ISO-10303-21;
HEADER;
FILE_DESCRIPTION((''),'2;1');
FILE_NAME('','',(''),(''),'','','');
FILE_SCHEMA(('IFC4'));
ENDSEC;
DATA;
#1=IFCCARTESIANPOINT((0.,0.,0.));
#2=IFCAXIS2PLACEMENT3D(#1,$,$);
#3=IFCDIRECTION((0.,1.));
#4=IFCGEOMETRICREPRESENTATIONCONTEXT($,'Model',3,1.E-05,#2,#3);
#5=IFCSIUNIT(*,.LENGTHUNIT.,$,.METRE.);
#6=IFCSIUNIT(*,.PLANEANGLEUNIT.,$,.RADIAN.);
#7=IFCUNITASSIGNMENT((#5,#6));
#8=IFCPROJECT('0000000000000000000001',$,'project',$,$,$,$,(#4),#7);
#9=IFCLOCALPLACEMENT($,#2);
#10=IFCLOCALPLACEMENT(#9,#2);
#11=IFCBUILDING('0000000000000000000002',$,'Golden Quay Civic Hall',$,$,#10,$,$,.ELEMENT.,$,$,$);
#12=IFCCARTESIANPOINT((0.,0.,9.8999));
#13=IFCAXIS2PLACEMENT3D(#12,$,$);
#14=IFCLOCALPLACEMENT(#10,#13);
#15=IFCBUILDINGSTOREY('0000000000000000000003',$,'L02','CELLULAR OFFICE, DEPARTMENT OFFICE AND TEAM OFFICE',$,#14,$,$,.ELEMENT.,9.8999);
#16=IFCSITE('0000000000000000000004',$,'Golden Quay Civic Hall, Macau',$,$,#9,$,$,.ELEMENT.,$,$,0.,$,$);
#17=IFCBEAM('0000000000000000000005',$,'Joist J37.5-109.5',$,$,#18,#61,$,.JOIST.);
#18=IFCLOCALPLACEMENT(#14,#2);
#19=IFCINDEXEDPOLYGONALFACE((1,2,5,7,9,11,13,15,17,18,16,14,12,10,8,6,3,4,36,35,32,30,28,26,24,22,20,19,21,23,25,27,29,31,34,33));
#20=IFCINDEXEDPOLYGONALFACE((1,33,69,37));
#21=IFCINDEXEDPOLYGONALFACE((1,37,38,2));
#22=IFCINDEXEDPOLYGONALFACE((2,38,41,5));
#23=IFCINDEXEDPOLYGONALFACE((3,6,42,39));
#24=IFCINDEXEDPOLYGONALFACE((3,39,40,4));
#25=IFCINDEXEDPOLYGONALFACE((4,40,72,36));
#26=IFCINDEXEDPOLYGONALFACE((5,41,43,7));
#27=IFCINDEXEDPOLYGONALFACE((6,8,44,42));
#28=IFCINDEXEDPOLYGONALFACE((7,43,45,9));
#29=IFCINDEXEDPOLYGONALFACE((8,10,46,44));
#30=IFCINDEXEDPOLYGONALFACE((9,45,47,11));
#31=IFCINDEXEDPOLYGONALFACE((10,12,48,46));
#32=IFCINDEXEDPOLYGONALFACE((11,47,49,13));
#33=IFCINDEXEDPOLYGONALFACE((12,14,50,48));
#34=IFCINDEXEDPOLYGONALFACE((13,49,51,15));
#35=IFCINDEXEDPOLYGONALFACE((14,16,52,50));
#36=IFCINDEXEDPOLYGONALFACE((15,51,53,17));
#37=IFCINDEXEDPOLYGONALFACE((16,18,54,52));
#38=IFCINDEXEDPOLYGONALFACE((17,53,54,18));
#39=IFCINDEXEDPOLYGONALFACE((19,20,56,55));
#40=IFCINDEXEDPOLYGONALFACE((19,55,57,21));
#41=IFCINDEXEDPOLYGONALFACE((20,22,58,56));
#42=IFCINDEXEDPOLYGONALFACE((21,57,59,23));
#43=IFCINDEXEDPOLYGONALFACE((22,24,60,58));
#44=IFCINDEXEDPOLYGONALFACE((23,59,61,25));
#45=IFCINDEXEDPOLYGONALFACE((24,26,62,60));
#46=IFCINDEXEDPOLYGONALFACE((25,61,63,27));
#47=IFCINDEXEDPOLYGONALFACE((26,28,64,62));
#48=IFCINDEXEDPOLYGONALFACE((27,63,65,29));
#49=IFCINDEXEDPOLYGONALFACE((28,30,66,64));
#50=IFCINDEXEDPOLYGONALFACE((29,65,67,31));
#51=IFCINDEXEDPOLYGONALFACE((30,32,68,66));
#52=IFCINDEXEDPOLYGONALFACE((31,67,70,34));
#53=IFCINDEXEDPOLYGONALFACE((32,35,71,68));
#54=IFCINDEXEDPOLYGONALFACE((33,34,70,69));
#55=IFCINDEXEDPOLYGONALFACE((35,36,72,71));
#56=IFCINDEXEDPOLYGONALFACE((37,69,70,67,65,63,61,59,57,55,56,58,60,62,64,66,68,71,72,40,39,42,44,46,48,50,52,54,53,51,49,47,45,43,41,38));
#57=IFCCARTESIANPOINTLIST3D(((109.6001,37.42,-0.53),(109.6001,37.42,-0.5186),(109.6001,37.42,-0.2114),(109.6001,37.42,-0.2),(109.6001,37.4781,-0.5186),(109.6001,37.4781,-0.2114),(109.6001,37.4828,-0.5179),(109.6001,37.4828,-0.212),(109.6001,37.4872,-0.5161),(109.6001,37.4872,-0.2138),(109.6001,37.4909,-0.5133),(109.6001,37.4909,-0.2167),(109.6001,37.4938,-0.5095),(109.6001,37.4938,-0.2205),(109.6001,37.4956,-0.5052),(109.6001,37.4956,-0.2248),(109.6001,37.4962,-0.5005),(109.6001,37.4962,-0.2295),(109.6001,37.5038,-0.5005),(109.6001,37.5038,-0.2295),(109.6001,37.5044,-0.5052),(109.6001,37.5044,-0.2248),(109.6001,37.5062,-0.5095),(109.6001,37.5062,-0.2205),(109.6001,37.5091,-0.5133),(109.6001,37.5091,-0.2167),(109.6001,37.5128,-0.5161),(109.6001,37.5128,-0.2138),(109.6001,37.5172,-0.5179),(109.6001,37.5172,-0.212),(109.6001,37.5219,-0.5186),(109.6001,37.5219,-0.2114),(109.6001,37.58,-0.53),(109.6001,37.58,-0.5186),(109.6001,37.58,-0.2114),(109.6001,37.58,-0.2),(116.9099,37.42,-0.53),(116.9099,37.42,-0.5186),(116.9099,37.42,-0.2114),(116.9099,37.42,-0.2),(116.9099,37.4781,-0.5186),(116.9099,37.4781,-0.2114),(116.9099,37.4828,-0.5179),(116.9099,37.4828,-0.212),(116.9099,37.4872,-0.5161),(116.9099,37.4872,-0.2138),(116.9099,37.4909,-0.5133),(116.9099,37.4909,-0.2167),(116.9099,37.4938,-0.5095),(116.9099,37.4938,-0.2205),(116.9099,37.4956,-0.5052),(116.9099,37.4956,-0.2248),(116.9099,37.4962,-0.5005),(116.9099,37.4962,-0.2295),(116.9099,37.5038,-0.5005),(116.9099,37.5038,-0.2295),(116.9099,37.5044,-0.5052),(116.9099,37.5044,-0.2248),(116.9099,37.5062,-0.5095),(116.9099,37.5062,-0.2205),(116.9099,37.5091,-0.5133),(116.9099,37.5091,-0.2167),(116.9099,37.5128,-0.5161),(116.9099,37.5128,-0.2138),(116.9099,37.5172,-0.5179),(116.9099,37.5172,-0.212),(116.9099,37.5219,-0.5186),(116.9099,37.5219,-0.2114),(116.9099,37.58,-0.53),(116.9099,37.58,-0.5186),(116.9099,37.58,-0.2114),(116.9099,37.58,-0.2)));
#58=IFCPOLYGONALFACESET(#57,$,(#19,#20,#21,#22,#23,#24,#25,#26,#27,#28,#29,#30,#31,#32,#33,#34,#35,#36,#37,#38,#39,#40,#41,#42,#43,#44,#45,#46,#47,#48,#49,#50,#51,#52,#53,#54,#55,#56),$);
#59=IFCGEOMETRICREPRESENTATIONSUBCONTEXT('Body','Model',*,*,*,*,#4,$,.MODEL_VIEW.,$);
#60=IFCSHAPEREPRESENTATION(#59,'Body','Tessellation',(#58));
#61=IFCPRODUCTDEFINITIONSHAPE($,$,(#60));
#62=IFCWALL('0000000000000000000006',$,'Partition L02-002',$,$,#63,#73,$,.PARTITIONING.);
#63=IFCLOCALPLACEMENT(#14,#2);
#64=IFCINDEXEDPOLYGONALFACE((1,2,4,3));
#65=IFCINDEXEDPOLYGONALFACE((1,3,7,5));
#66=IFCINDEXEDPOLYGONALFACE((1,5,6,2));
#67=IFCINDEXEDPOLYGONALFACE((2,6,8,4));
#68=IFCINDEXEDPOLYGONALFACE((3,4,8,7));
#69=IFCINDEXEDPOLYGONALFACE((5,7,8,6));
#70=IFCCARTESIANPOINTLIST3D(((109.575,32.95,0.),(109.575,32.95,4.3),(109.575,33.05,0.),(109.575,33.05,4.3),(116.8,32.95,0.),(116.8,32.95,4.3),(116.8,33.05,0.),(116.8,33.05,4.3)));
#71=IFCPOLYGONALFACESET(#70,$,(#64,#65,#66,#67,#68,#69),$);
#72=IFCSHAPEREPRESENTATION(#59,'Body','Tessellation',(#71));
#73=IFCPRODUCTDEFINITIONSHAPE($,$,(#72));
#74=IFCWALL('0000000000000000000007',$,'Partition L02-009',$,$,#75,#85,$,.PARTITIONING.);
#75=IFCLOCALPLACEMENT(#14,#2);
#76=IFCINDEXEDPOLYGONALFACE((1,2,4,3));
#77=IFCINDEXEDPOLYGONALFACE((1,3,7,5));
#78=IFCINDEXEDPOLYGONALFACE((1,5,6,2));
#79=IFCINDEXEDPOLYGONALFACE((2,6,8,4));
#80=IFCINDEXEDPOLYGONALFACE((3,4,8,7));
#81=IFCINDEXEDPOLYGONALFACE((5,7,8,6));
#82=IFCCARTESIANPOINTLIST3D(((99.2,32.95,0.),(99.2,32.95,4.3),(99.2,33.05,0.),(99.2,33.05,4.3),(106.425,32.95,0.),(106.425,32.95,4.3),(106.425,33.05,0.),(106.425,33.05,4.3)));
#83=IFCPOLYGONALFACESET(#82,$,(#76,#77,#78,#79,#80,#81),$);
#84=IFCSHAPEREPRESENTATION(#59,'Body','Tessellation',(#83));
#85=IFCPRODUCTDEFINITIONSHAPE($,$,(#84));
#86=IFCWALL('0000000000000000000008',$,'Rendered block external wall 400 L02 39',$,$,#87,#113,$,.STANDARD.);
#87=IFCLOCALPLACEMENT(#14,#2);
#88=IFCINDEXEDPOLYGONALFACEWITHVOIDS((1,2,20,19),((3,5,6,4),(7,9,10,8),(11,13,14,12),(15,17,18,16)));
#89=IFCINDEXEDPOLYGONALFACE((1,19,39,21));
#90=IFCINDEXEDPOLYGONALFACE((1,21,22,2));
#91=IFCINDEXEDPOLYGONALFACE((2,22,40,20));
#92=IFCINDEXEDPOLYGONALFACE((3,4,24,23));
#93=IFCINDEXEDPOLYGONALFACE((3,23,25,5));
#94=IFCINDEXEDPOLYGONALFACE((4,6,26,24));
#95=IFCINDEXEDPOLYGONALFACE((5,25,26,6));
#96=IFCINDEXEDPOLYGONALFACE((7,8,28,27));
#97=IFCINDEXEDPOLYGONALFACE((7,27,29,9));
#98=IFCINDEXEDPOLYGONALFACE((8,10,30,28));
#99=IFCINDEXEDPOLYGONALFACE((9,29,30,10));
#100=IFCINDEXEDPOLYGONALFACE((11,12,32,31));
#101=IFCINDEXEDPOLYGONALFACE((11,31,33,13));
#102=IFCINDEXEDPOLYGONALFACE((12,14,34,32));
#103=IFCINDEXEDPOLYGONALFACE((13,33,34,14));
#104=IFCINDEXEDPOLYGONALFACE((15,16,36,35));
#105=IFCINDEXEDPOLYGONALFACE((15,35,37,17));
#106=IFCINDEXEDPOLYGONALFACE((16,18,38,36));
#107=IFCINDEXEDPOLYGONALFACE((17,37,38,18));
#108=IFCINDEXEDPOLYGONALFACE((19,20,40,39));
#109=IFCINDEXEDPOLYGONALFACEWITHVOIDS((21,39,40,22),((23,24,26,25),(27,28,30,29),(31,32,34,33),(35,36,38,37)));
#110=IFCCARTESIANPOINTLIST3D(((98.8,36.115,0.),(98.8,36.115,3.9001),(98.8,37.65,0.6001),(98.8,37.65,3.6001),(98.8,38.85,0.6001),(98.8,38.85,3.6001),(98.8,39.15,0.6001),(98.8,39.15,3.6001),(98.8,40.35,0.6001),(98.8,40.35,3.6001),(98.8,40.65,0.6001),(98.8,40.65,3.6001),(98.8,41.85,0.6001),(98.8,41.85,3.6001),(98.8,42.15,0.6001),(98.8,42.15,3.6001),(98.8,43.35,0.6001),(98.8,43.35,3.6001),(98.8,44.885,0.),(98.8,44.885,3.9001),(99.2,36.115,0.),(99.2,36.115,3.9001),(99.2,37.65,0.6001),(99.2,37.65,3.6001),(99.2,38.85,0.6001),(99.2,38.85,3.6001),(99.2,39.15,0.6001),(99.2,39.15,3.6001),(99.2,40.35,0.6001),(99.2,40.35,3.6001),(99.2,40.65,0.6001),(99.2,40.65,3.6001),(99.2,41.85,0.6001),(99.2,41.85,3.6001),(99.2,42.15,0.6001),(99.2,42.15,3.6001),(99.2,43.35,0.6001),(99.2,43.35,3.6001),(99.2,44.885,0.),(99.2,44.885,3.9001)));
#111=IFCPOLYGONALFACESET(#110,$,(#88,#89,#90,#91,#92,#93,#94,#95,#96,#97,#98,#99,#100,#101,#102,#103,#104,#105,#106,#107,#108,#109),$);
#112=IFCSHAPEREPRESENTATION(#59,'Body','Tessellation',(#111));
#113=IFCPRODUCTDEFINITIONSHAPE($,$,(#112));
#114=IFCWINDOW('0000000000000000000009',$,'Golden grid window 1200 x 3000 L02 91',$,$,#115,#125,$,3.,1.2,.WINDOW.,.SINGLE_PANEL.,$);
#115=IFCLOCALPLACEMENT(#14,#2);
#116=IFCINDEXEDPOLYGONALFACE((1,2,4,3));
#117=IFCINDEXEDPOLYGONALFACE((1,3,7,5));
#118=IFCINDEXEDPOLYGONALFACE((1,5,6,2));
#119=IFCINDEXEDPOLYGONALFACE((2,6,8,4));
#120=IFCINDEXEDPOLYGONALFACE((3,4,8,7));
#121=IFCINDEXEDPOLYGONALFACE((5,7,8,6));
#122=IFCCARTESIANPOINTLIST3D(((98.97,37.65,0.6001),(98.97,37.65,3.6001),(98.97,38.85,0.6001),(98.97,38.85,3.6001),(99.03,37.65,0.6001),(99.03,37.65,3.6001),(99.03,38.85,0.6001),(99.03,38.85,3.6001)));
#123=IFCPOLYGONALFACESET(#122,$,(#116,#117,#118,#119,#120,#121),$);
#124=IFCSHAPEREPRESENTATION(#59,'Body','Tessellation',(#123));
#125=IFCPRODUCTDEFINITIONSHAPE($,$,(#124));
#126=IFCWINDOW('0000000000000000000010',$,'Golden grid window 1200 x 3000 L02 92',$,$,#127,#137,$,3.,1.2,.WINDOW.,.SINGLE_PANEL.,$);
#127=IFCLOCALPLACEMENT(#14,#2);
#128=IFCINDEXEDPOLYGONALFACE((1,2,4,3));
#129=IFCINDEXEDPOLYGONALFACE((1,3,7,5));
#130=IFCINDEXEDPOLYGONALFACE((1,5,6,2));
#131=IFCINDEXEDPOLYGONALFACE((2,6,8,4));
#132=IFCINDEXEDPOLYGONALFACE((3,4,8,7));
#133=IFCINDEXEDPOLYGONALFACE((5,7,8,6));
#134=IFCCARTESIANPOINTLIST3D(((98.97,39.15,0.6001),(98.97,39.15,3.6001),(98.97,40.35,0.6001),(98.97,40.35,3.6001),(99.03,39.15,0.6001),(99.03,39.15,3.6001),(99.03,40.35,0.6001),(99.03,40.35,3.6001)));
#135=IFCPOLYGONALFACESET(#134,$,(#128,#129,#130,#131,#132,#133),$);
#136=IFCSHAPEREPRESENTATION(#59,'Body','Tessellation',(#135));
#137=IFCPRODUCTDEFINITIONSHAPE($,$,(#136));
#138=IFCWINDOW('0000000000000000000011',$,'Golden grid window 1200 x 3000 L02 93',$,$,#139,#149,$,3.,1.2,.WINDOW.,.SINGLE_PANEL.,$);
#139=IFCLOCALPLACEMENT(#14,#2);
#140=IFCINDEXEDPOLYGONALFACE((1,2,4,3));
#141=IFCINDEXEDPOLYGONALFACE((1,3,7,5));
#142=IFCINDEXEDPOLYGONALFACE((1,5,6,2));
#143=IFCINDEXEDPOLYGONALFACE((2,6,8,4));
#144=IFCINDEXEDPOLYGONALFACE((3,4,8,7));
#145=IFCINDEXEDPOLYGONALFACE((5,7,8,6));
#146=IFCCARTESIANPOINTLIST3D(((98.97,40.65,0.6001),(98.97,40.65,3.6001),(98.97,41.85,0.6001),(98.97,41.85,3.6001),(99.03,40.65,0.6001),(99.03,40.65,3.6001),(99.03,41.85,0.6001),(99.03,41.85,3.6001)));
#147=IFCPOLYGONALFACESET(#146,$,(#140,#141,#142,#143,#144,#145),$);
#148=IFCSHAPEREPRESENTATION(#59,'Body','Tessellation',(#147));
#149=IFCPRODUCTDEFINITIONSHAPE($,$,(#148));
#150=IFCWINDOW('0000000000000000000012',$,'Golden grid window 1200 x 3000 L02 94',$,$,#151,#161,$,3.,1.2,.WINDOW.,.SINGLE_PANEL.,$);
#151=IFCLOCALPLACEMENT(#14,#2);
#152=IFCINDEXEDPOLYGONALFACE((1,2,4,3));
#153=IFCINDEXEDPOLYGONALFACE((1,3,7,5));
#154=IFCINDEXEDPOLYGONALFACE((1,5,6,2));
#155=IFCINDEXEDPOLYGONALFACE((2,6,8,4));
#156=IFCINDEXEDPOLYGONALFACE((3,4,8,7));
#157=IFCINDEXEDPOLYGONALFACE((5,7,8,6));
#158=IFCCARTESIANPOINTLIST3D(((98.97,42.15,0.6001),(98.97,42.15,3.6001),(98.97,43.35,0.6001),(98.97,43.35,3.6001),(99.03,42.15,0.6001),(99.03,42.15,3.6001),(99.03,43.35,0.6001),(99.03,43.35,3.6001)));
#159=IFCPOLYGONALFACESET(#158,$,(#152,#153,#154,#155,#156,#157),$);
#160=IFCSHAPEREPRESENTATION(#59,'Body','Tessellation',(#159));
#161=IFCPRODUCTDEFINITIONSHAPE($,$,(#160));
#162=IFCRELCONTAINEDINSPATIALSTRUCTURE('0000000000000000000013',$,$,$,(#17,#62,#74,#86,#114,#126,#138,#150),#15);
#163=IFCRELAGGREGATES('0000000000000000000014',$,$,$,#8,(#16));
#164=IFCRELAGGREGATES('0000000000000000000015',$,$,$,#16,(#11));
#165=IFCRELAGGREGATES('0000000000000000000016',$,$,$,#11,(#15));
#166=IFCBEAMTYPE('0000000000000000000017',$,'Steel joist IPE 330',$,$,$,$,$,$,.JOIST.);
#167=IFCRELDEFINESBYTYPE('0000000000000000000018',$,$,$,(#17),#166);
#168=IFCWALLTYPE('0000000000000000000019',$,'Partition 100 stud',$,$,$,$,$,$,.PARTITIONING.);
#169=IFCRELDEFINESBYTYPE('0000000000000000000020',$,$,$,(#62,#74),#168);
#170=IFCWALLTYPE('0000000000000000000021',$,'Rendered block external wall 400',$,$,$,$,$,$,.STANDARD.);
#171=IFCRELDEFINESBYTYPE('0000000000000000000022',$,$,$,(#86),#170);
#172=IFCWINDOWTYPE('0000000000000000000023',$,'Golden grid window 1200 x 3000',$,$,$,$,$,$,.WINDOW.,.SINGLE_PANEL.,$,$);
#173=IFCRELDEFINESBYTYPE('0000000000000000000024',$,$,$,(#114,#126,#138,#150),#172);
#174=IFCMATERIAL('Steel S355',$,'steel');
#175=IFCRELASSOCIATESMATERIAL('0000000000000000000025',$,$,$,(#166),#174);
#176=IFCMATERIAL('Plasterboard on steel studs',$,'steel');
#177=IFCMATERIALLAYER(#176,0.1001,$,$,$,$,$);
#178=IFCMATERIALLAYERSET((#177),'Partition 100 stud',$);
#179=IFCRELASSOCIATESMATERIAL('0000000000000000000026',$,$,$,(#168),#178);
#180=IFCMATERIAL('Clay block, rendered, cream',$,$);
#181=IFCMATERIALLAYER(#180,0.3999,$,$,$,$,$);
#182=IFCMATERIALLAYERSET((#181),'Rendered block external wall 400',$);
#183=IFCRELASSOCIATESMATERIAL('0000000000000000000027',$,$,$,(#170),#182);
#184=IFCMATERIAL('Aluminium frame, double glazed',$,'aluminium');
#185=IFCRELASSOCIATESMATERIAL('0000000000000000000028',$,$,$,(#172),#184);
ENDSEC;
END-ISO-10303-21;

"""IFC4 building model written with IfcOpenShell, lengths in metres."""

from ifc_helpers import new_model, si_unit, direction, frame, frame_2d, origin, origin_2d, place, context, subcontext, project, spatial, rectangle, i_section, extrude, material, layer, layer_set, material_profile, profile_set, type_object, element, fill, save


model = new_model("IFC4")

# Units and contexts
model_context = context("Model", 3, precision=1e-05, world=origin(), true_north=direction((0.0, 1.0)))
body_context = subcontext(model_context, "Body", "Model", "MODEL_VIEW")
ifc_project = project(units=[si_unit("LENGTHUNIT", "METRE"), si_unit("PLANEANGLEUNIT", "RADIAN")], contexts=[model_context])

# Site, building, storey
site_placement = place(None, origin())
site = spatial("IfcSite", under=ifc_project, at=site_placement, Name="Golden Quay Civic Hall, Macau", CompositionType="ELEMENT", RefElevation=0.0)
building_placement = place(site_placement, origin())
building = spatial("IfcBuilding", under=site, at=building_placement, Name="Golden Quay Civic Hall", CompositionType="ELEMENT")
storey_placement = place(building_placement, frame((0.0, 0.0, 9.8999)))
storey = spatial("IfcBuildingStorey", under=building, at=storey_placement, Name="L02", Description="CELLULAR OFFICE, DEPARTMENT OFFICE AND TEAM OFFICE", CompositionType="ELEMENT", Elevation=9.8999)

# Beam
ifc_material_1 = material(Name="Steel S355", Category="steel")
ifc_material_profile_1 = material_profile(ifc_material_1, i_section(OverallWidth=0.1599, OverallDepth=0.3301, WebThickness=0.0076, FlangeThickness=0.0115, FilletRadius=0.0181, at=origin_2d()), Name="IPE 330")
ifc_profile_set_1 = profile_set([ifc_material_profile_1], Name="Steel S355")
beam_type_1 = type_object("IfcBeamType", Name="Steel joist IPE 330", PredefinedType="JOIST", material=ifc_profile_set_1)
for number, where, z_axis, x_axis, name in (
    (1, (109.6001, 37.5, -0.365), (1.0, 0.0, 0.0), (0.0, 1.0, 0.0), "Joist J37.5-109.5"),
):
    element("IfcBeam", number, at=place(storey_placement, frame(where, z_axis=z_axis, x_axis=x_axis)), inside=storey, type_object=beam_type_1, Name=name, PredefinedType="JOIST", context=body_context, shape_type="SweptSolid", body=[
        extrude(i_section(OverallWidth=0.1599, OverallDepth=0.3301, WebThickness=0.0076, FlangeThickness=0.0115, FilletRadius=0.0181, at=origin_2d()), origin(), (0.0, 0.0, 1.0), 7.3098),
    ])

# Walls
ifc_material_2 = material(Name="Plasterboard on steel studs", Category="steel")
ifc_layer_1 = layer(ifc_material_2, 0.1001)
ifc_layer_set_1 = layer_set([ifc_layer_1], Name="Partition 100 stud")
wall_type_1 = type_object("IfcWallType", Name="Partition 100 stud", PredefinedType="PARTITIONING", material=ifc_layer_set_1)
for number, where, z_axis, x_axis, name in (
    (2, (109.575, 33.0, 0.0), (0.0, 0.0, 1.0), (1.0, 0.0, 0.0), "Partition L02-002"),
    (3, (99.2, 33.0, 0.0), (0.0, 0.0, 1.0), (1.0, 0.0, 0.0), "Partition L02-009"),
):
    element("IfcWall", number, at=place(storey_placement, frame(where, z_axis=z_axis, x_axis=x_axis)), inside=storey, type_object=wall_type_1, Name=name, PredefinedType="PARTITIONING", context=body_context, shape_type="SweptSolid", body=[
        extrude(rectangle(XDim=7.2251, YDim=0.1001, at=frame_2d((3.6125, 0.0))), origin(), (0.0, 0.0, 1.0), 4.3),
    ])

# Wall, openings, windows
ifc_material_3 = material(Name="Clay block, rendered, cream")
ifc_layer_2 = layer(ifc_material_3, 0.3999)
ifc_layer_set_2 = layer_set([ifc_layer_2], Name="Rendered block external wall 400")
wall_type_2 = type_object("IfcWallType", Name="Rendered block external wall 400", PredefinedType="STANDARD", material=ifc_layer_set_2)
wall_placement = place(storey_placement, frame((99.0, 36.115, 0.0), z_axis=(0.0, 0.0, 1.0), x_axis=(0.0, 1.0, 0.0)))
wall = element("IfcWall", 4, at=wall_placement, inside=storey, type_object=wall_type_2, Name="Rendered block external wall 400 L02 39", PredefinedType="STANDARD", context=body_context, shape_type="SweptSolid", body=[
    extrude(rectangle(XDim=8.77, YDim=0.3999, at=frame_2d((4.385, 0.0))), origin(), (0.0, 0.0, 1.0), 3.9001),
])
opening_1_placement = place(wall_placement, frame((1.5349, 0.0, 0.6001)))
opening_1 = element("IfcOpeningElement", 5, at=opening_1_placement, cuts=wall, PredefinedType="OPENING", context=body_context, shape_type="SweptSolid", body=[
    extrude(rectangle(XDim=1.2, YDim=3.0, at=frame_2d((0.6001, 1.5))), frame((0.0, 0.21, 0.0), z_axis=(0.0, -1.0, 0.0), x_axis=(1.0, 0.0, 0.0)), (0.0, 0.0, 1.0), 0.4199),
])
opening_2_placement = place(wall_placement, frame((3.0349, 0.0, 0.6001)))
opening_2 = element("IfcOpeningElement", 6, at=opening_2_placement, cuts=wall, PredefinedType="OPENING", context=body_context, shape_type="SweptSolid", body=[
    extrude(rectangle(XDim=1.2, YDim=3.0, at=frame_2d((0.6001, 1.5))), frame((0.0, 0.21, 0.0), z_axis=(0.0, -1.0, 0.0), x_axis=(1.0, 0.0, 0.0)), (0.0, 0.0, 1.0), 0.4199),
])
opening_3_placement = place(wall_placement, frame((4.5349, 0.0, 0.6001)))
opening_3 = element("IfcOpeningElement", 7, at=opening_3_placement, cuts=wall, PredefinedType="OPENING", context=body_context, shape_type="SweptSolid", body=[
    extrude(rectangle(XDim=1.2, YDim=3.0, at=frame_2d((0.6001, 1.5))), frame((0.0, 0.21, 0.0), z_axis=(0.0, -1.0, 0.0), x_axis=(1.0, 0.0, 0.0)), (0.0, 0.0, 1.0), 0.4199),
])
opening_4_placement = place(wall_placement, frame((6.0349, 0.0, 0.6001)))
opening_4 = element("IfcOpeningElement", 8, at=opening_4_placement, cuts=wall, PredefinedType="OPENING", context=body_context, shape_type="SweptSolid", body=[
    extrude(rectangle(XDim=1.2, YDim=3.0, at=frame_2d((0.6001, 1.5))), frame((0.0, 0.21, 0.0), z_axis=(0.0, -1.0, 0.0), x_axis=(1.0, 0.0, 0.0)), (0.0, 0.0, 1.0), 0.4199),
])
ifc_material_4 = material(Name="Aluminium frame, double glazed", Category="aluminium")
window_type = type_object("IfcWindowType", Name="Golden grid window 1200 x 3000", PartitioningType="SINGLE_PANEL", PredefinedType="WINDOW", material=ifc_material_4)
window_1_placement = place(opening_1_placement, origin())
window_1 = element("IfcWindow", 9, at=window_1_placement, inside=storey, type_object=window_type, Name="Golden grid window 1200 x 3000 L02 91", OverallHeight=3.0, OverallWidth=1.2, PartitioningType="SINGLE_PANEL", PredefinedType="WINDOW", context=body_context, shape_type="SweptSolid", body=[
    extrude(rectangle(XDim=1.2, YDim=3.0, at=frame_2d((0.6001, 1.5))), frame((0.0, 0.03, 0.0), z_axis=(0.0, -1.0, 0.0), x_axis=(1.0, 0.0, 0.0)), (0.0, 0.0, 1.0), 0.0601),
])
fill(opening_1, window_1)
window_2_placement = place(opening_2_placement, origin())
window_2 = element("IfcWindow", 10, at=window_2_placement, inside=storey, type_object=window_type, Name="Golden grid window 1200 x 3000 L02 92", OverallHeight=3.0, OverallWidth=1.2, PartitioningType="SINGLE_PANEL", PredefinedType="WINDOW", context=body_context, shape_type="SweptSolid", body=[
    extrude(rectangle(XDim=1.2, YDim=3.0, at=frame_2d((0.6001, 1.5))), frame((0.0, 0.03, 0.0), z_axis=(0.0, -1.0, 0.0), x_axis=(1.0, 0.0, 0.0)), (0.0, 0.0, 1.0), 0.0601),
])
fill(opening_2, window_2)
window_3_placement = place(opening_3_placement, origin())
window_3 = element("IfcWindow", 11, at=window_3_placement, inside=storey, type_object=window_type, Name="Golden grid window 1200 x 3000 L02 93", OverallHeight=3.0, OverallWidth=1.2, PartitioningType="SINGLE_PANEL", PredefinedType="WINDOW", context=body_context, shape_type="SweptSolid", body=[
    extrude(rectangle(XDim=1.2, YDim=3.0, at=frame_2d((0.6001, 1.5))), frame((0.0, 0.03, 0.0), z_axis=(0.0, -1.0, 0.0), x_axis=(1.0, 0.0, 0.0)), (0.0, 0.0, 1.0), 0.0601),
])
fill(opening_3, window_3)
window_4_placement = place(opening_4_placement, origin())
window_4 = element("IfcWindow", 12, at=window_4_placement, inside=storey, type_object=window_type, Name="Golden grid window 1200 x 3000 L02 94", OverallHeight=3.0, OverallWidth=1.2, PartitioningType="SINGLE_PANEL", PredefinedType="WINDOW", context=body_context, shape_type="SweptSolid", body=[
    extrude(rectangle(XDim=1.2, YDim=3.0, at=frame_2d((0.6001, 1.5))), frame((0.0, 0.03, 0.0), z_axis=(0.0, -1.0, 0.0), x_axis=(1.0, 0.0, 0.0)), (0.0, 0.0, 1.0), 0.0601),
])
fill(opening_4, window_4)

save(model, "model.ifc")
